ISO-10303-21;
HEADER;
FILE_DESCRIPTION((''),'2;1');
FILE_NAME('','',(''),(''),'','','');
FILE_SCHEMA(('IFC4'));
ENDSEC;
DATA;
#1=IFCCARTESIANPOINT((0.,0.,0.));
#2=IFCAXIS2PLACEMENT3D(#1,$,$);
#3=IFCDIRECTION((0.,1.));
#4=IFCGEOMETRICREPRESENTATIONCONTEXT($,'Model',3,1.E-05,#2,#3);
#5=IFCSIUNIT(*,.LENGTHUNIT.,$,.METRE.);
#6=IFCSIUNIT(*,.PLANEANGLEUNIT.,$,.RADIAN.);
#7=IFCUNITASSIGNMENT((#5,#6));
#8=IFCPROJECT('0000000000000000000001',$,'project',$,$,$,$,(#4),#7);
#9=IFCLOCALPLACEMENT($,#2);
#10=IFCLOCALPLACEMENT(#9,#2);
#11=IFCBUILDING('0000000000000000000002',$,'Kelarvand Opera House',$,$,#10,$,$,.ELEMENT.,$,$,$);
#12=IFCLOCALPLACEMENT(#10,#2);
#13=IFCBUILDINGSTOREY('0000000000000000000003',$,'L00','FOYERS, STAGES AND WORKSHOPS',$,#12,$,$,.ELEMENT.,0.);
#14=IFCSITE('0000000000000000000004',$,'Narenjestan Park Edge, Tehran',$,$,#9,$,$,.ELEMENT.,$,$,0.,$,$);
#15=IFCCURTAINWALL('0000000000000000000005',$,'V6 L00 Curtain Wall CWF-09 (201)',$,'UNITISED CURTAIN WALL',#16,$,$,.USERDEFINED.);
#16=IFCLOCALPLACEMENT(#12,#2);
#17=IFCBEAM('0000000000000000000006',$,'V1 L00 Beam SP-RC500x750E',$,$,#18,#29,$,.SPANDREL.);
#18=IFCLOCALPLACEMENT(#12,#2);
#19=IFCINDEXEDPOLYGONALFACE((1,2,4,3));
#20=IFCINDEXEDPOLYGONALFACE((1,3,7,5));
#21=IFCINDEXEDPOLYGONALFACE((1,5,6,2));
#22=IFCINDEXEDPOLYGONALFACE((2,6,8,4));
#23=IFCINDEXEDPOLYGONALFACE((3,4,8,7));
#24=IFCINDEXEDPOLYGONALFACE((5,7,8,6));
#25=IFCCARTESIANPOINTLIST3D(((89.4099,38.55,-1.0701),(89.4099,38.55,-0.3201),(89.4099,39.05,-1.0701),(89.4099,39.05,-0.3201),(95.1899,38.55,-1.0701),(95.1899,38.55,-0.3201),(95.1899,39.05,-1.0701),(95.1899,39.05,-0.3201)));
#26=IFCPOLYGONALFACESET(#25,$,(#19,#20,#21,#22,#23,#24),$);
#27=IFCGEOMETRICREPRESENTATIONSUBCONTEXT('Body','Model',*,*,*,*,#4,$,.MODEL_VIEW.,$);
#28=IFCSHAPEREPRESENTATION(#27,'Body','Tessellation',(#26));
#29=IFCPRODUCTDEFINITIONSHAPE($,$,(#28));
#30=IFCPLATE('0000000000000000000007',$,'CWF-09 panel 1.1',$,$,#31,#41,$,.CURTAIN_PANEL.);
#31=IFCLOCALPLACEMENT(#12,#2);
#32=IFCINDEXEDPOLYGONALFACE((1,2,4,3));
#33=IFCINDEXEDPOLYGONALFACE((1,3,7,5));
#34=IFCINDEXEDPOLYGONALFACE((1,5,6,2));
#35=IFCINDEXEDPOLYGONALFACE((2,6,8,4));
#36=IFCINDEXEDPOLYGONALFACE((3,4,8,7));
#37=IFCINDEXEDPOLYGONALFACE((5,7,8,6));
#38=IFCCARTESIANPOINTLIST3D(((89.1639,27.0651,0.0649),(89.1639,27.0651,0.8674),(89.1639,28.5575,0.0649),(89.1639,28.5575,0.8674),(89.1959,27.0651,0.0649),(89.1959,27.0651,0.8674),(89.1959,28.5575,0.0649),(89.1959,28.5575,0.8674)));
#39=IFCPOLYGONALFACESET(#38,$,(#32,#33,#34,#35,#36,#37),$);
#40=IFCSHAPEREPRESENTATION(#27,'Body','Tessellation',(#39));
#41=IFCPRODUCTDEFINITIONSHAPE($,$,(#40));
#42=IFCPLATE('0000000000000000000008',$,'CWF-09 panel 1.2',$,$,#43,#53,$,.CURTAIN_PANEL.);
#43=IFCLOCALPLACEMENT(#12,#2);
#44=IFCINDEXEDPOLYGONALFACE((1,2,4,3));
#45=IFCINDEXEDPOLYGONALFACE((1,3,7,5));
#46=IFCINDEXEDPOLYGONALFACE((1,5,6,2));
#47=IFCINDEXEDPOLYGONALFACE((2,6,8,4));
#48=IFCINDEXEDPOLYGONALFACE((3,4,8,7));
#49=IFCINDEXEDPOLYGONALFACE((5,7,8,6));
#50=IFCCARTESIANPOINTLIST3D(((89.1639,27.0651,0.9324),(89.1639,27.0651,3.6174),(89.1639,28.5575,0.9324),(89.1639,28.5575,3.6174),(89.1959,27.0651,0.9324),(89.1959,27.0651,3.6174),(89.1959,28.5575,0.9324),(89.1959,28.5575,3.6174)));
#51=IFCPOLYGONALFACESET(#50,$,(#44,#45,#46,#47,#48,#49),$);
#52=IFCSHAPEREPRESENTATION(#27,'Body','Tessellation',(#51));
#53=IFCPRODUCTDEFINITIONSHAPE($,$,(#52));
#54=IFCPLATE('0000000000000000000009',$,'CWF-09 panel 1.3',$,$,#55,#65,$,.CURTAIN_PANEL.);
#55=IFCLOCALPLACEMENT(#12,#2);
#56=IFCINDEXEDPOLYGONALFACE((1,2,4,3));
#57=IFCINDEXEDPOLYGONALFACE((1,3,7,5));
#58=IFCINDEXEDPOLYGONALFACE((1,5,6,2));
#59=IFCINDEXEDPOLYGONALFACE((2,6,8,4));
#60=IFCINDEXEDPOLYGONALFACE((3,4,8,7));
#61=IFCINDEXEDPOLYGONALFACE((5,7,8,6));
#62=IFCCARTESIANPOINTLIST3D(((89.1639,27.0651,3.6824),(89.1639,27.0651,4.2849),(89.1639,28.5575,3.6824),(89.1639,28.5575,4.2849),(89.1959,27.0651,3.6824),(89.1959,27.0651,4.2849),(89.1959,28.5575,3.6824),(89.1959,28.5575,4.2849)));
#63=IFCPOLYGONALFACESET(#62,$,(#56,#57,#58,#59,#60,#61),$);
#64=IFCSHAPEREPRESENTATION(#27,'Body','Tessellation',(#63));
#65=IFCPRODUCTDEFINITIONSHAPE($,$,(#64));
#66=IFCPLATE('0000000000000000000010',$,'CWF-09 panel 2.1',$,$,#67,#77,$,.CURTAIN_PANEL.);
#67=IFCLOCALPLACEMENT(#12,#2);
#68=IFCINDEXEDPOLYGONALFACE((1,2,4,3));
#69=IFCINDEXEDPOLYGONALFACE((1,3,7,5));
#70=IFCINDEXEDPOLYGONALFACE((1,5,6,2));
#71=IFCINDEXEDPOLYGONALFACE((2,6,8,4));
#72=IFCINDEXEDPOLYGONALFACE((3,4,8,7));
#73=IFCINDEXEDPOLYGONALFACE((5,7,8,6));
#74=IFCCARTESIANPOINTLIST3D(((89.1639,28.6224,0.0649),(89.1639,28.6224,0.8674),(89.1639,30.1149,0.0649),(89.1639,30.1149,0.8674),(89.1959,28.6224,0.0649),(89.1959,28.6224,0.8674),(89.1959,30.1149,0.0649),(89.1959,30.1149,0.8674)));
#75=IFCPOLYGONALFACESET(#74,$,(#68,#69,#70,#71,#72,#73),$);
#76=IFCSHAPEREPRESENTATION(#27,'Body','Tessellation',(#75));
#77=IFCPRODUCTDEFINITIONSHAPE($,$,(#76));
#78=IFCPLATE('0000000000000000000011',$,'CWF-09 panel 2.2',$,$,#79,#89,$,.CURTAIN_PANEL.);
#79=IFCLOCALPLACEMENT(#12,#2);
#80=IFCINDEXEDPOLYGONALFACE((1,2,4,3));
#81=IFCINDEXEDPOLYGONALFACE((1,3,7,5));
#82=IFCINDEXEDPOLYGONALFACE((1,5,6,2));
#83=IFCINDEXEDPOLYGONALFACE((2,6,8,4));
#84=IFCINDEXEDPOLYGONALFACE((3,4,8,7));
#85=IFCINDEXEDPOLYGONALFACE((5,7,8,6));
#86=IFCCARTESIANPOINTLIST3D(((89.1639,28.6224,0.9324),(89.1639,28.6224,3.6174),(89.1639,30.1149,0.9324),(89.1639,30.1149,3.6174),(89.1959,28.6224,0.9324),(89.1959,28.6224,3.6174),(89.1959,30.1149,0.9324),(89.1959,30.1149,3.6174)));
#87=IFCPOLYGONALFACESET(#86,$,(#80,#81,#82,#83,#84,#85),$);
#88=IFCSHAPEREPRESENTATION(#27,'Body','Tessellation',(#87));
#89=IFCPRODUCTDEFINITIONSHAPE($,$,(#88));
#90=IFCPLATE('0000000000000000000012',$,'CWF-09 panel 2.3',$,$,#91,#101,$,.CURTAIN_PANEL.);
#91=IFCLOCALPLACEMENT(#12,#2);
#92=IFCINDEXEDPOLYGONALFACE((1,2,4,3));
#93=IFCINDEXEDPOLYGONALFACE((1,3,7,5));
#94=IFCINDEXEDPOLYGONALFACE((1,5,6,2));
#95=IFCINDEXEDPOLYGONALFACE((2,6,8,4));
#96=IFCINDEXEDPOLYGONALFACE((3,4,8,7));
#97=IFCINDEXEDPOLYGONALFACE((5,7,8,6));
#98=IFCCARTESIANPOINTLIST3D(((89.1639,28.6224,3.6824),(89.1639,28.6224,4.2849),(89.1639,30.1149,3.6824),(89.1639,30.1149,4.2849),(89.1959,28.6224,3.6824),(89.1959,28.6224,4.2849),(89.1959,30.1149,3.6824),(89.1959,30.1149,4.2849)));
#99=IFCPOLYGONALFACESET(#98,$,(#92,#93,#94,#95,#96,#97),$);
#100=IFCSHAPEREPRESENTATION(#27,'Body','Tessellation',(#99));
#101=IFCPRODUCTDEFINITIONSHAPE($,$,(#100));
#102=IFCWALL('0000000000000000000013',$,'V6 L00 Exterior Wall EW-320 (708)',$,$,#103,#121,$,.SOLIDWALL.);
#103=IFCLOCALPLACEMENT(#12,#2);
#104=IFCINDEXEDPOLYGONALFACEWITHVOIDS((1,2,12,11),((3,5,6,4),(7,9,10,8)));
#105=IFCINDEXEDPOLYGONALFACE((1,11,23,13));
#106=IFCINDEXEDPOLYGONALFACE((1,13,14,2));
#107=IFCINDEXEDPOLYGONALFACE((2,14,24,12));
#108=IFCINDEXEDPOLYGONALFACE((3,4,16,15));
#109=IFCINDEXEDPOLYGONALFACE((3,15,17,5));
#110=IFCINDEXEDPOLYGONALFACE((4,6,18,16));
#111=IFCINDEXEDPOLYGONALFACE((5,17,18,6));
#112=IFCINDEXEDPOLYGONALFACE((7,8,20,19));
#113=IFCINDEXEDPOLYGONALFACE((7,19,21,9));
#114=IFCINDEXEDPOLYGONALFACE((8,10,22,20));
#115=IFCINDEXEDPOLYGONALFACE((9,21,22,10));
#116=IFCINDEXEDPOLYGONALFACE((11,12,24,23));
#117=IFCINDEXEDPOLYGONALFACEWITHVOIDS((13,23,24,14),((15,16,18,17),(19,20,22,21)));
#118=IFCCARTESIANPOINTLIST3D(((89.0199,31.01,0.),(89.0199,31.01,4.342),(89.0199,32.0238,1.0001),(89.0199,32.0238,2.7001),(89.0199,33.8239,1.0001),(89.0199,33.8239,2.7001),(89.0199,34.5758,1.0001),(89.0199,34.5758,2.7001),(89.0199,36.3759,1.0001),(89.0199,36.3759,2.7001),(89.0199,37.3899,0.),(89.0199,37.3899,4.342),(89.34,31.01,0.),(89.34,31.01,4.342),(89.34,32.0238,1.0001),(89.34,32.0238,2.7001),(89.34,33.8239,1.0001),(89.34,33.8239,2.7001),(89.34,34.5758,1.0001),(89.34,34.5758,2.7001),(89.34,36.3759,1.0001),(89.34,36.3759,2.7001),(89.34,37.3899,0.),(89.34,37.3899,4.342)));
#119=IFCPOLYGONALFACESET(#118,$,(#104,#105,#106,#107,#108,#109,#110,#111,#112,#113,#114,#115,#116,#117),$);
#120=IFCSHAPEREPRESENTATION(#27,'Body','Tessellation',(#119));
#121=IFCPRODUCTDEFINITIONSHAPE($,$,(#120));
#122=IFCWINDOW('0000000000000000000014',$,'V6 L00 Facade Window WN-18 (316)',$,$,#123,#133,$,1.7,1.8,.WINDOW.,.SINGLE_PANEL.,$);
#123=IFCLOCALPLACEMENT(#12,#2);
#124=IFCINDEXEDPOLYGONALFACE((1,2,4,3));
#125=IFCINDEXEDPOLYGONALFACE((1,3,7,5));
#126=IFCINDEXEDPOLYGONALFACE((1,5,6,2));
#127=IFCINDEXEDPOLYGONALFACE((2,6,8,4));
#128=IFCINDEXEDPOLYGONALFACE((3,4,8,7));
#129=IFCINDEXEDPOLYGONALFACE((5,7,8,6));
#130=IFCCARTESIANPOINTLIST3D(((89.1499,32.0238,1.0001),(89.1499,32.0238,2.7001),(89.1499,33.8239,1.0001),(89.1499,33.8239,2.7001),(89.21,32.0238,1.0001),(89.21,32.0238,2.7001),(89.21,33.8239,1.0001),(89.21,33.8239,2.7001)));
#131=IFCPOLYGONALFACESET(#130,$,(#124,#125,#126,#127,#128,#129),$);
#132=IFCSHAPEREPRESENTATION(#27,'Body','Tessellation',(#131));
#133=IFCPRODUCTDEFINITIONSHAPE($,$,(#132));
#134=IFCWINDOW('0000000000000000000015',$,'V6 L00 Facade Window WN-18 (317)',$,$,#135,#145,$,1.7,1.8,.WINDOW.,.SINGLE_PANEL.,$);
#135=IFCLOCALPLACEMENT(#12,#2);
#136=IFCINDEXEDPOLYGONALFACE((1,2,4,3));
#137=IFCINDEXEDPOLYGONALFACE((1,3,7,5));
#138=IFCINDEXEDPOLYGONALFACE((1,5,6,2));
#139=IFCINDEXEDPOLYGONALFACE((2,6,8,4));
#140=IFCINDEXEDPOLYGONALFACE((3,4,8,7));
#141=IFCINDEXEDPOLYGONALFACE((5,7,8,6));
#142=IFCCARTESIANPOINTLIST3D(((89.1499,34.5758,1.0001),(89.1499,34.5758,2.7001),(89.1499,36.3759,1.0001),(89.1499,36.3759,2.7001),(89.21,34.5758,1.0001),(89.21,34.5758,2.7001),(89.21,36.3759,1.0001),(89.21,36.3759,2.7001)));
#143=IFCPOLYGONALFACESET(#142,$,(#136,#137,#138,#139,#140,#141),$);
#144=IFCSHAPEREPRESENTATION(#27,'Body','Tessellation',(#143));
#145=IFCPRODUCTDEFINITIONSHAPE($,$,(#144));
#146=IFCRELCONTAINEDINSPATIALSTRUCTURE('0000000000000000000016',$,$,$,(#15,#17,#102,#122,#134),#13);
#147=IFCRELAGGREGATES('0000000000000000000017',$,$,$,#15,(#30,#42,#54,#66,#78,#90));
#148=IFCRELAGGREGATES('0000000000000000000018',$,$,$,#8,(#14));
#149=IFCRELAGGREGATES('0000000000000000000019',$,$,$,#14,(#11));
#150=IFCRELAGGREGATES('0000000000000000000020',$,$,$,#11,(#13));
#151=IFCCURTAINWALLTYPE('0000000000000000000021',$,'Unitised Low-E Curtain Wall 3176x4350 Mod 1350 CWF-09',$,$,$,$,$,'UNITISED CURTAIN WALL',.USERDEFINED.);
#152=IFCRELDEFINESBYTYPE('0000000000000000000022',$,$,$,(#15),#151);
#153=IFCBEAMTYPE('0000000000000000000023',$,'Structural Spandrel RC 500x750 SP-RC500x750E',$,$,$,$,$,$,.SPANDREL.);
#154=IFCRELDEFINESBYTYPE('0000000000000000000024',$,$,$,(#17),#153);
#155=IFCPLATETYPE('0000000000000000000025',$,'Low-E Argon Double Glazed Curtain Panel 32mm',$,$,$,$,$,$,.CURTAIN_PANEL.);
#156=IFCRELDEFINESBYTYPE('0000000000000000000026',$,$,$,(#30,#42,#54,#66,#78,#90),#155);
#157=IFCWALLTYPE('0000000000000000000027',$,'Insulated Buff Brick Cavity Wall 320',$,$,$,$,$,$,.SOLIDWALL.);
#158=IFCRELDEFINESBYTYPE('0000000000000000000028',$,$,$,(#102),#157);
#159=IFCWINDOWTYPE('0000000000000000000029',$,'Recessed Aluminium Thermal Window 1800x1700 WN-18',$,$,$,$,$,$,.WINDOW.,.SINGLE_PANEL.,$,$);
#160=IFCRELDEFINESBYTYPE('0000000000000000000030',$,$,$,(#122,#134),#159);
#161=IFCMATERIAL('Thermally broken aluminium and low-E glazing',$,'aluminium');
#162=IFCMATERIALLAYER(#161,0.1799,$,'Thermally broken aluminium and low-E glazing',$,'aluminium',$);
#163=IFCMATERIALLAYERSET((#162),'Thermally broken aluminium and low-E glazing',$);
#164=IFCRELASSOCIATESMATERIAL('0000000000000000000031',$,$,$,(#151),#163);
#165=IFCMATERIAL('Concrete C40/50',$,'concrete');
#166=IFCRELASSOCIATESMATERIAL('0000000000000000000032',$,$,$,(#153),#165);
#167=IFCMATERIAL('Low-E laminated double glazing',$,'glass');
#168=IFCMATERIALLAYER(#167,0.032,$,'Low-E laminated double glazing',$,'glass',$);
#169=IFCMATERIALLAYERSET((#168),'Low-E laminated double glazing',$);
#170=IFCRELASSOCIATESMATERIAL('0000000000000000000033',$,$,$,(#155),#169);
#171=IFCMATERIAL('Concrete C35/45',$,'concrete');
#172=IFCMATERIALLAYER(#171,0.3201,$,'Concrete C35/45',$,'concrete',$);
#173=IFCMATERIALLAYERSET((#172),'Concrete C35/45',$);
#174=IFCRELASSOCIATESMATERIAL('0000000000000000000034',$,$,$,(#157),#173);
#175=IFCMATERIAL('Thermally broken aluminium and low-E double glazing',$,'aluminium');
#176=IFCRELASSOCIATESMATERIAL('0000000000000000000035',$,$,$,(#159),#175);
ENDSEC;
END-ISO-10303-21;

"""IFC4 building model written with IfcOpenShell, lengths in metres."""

from ifc_helpers import new_model, si_unit, direction, frame, frame_2d, origin, origin_2d, place, context, subcontext, project, spatial, rectangle, extrude, material, layer, layer_set, material_profile, profile_set, type_object, element, fill, aggregate, save


model = new_model("IFC4")

# Units and contexts
model_context = context("Model", 3, precision=1e-05, world=origin(), true_north=direction((0.0, 1.0)))
body_context = subcontext(model_context, "Body", "Model", "MODEL_VIEW")
ifc_project = project(units=[si_unit("LENGTHUNIT", "METRE"), si_unit("PLANEANGLEUNIT", "RADIAN")], contexts=[model_context])

# Site, building, storey
site_placement = place(None, origin())
site = spatial("IfcSite", under=ifc_project, at=site_placement, Name="Narenjestan Park Edge, Tehran", CompositionType="ELEMENT", RefElevation=0.0)
building_placement = place(site_placement, origin())
building = spatial("IfcBuilding", under=site, at=building_placement, Name="Kelarvand Opera House", CompositionType="ELEMENT")
storey_placement = place(building_placement, origin())
storey = spatial("IfcBuildingStorey", under=building, at=storey_placement, Name="L00", Description="FOYERS, STAGES AND WORKSHOPS", CompositionType="ELEMENT", Elevation=0.0)

# Curtain wall
ifc_material_1 = material(Name="Thermally broken aluminium and low-E glazing", Category="aluminium")
ifc_layer_1 = layer(ifc_material_1, 0.1799, Name="Thermally broken aluminium and low-E glazing", Category="aluminium")
ifc_layer_set_1 = layer_set([ifc_layer_1], Name="Thermally broken aluminium and low-E glazing")
curtain_wall_type = type_object("IfcCurtainWallType", Name="Unitised Low-E Curtain Wall 3176x4350 Mod 1350 CWF-09", ElementType="UNITISED CURTAIN WALL", PredefinedType="USERDEFINED", material=ifc_layer_set_1)
curtain_wall_placement = place(storey_placement, origin())
curtain_wall = element("IfcCurtainWall", 1, at=curtain_wall_placement, inside=storey, type_object=curtain_wall_type, Name="V6 L00 Curtain Wall CWF-09 (201)", ObjectType="UNITISED CURTAIN WALL", PredefinedType="USERDEFINED")

# Beam
ifc_material_2 = material(Name="Concrete C40/50", Category="concrete")
ifc_material_profile_1 = material_profile(ifc_material_2, rectangle(XDim=0.5, YDim=0.75, at=origin_2d()), Name="RC 500x750", Category="concrete")
ifc_profile_set_1 = profile_set([ifc_material_profile_1], Name="Concrete C40/50")
beam_type_1 = type_object("IfcBeamType", Name="Structural Spandrel RC 500x750 SP-RC500x750E", PredefinedType="SPANDREL", material=ifc_profile_set_1)
beam_1_placement = place(storey_placement, frame((89.4099, 38.8, -0.6951), z_axis=(1.0, 0.0, 0.0), x_axis=(0.0, 1.0, 0.0)))
element("IfcBeam", 2, at=beam_1_placement, inside=storey, type_object=beam_type_1, Name="V1 L00 Beam SP-RC500x750E", PredefinedType="SPANDREL", context=body_context, shape_type="SweptSolid", body=[
    extrude(rectangle(XDim=0.5, YDim=0.75, at=origin_2d()), origin(), (0.0, 0.0, 1.0), 5.78),
])

# Plates
ifc_material_3 = material(Name="Low-E laminated double glazing", Category="glass")
ifc_layer_2 = layer(ifc_material_3, 0.032, Name="Low-E laminated double glazing", Category="glass")
ifc_layer_set_2 = layer_set([ifc_layer_2], Name="Low-E laminated double glazing")
plate_type = type_object("IfcPlateType", Name="Low-E Argon Double Glazed Curtain Panel 32mm", PredefinedType="CURTAIN_PANEL", material=ifc_layer_set_2)
plate_1_placement = place(storey_placement, frame((89.1799, 27.8113, 0.0649), z_axis=(0.0, 0.0, 1.0), x_axis=(0.0, 1.0, 0.0)))
plate_1 = element("IfcPlate", 3, at=plate_1_placement, type_object=plate_type, Name="CWF-09 panel 1.1", PredefinedType="CURTAIN_PANEL", context=body_context, shape_type="SweptSolid", body=[
    extrude(rectangle(XDim=1.4924, YDim=0.032, at=origin_2d()), origin(), (0.0, 0.0, 1.0), 0.8025),
])
plate_2_placement = place(storey_placement, frame((89.1799, 27.8113, 0.9324), z_axis=(0.0, 0.0, 1.0), x_axis=(0.0, 1.0, 0.0)))
plate_2 = element("IfcPlate", 4, at=plate_2_placement, type_object=plate_type, Name="CWF-09 panel 1.2", PredefinedType="CURTAIN_PANEL", context=body_context, shape_type="SweptSolid", body=[
    extrude(rectangle(XDim=1.4924, YDim=0.032, at=origin_2d()), origin(), (0.0, 0.0, 1.0), 2.6851),
])
plate_3_placement = place(storey_placement, frame((89.1799, 27.8113, 3.6824), z_axis=(0.0, 0.0, 1.0), x_axis=(0.0, 1.0, 0.0)))
plate_3 = element("IfcPlate", 5, at=plate_3_placement, type_object=plate_type, Name="CWF-09 panel 1.3", PredefinedType="CURTAIN_PANEL", context=body_context, shape_type="SweptSolid", body=[
    extrude(rectangle(XDim=1.4924, YDim=0.032, at=origin_2d()), origin(), (0.0, 0.0, 1.0), 0.6025),
])
plate_4_placement = place(storey_placement, frame((89.1799, 29.3687, 0.0649), z_axis=(0.0, 0.0, 1.0), x_axis=(0.0, 1.0, 0.0)))
plate_4 = element("IfcPlate", 6, at=plate_4_placement, type_object=plate_type, Name="CWF-09 panel 2.1", PredefinedType="CURTAIN_PANEL", context=body_context, shape_type="SweptSolid", body=[
    extrude(rectangle(XDim=1.4924, YDim=0.032, at=origin_2d()), origin(), (0.0, 0.0, 1.0), 0.8025),
])
plate_5_placement = place(storey_placement, frame((89.1799, 29.3687, 0.9324), z_axis=(0.0, 0.0, 1.0), x_axis=(0.0, 1.0, 0.0)))
plate_5 = element("IfcPlate", 7, at=plate_5_placement, type_object=plate_type, Name="CWF-09 panel 2.2", PredefinedType="CURTAIN_PANEL", context=body_context, shape_type="SweptSolid", body=[
    extrude(rectangle(XDim=1.4924, YDim=0.032, at=origin_2d()), origin(), (0.0, 0.0, 1.0), 2.6851),
])
plate_6_placement = place(storey_placement, frame((89.1799, 29.3687, 3.6824), z_axis=(0.0, 0.0, 1.0), x_axis=(0.0, 1.0, 0.0)))
plate_6 = element("IfcPlate", 8, at=plate_6_placement, type_object=plate_type, Name="CWF-09 panel 2.3", PredefinedType="CURTAIN_PANEL", context=body_context, shape_type="SweptSolid", body=[
    extrude(rectangle(XDim=1.4924, YDim=0.032, at=origin_2d()), origin(), (0.0, 0.0, 1.0), 0.6025),
])
aggregate(curtain_wall, [plate_1, plate_2, plate_3, plate_4, plate_5, plate_6])

# Wall, openings, windows
ifc_material_4 = material(Name="Concrete C35/45", Category="concrete")
ifc_layer_3 = layer(ifc_material_4, 0.3201, Name="Concrete C35/45", Category="concrete")
ifc_layer_set_3 = layer_set([ifc_layer_3], Name="Concrete C35/45")
wall_type = type_object("IfcWallType", Name="Insulated Buff Brick Cavity Wall 320", PredefinedType="SOLIDWALL", material=ifc_layer_set_3)
wall_placement = place(storey_placement, frame((89.1799, 31.01, 0.0), z_axis=(0.0, 0.0, 1.0), x_axis=(0.0, 1.0, 0.0)))
wall = element("IfcWall", 9, at=wall_placement, inside=storey, type_object=wall_type, Name="V6 L00 Exterior Wall EW-320 (708)", PredefinedType="SOLIDWALL", context=body_context, shape_type="SweptSolid", body=[
    extrude(rectangle(XDim=6.3799, YDim=0.3201, at=frame_2d((3.1899, 0.0))), origin(), (0.0, 0.0, 1.0), 4.342),
])
opening_1_placement = place(wall_placement, frame((1.0139, 0.0, 1.0)))
opening_1 = element("IfcOpeningElement", 10, at=opening_1_placement, cuts=wall, PredefinedType="OPENING", context=body_context, shape_type="SweptSolid", body=[
    extrude(rectangle(XDim=1.8, YDim=1.7, at=frame_2d((0.8999, 0.8501))), frame((0.0, 0.1699, 0.0), z_axis=(0.0, -1.0, 0.0), x_axis=(1.0, 0.0, 0.0)), (0.0, 0.0, 1.0), 0.3401),
])
opening_2_placement = place(wall_placement, frame((3.5659, 0.0, 1.0)))
opening_2 = element("IfcOpeningElement", 11, at=opening_2_placement, cuts=wall, PredefinedType="OPENING", context=body_context, shape_type="SweptSolid", body=[
    extrude(rectangle(XDim=1.8, YDim=1.7, at=frame_2d((0.8999, 0.8501))), frame((0.0, 0.1699, 0.0), z_axis=(0.0, -1.0, 0.0), x_axis=(1.0, 0.0, 0.0)), (0.0, 0.0, 1.0), 0.3401),
])
ifc_material_5 = material(Name="Thermally broken aluminium and low-E double glazing", Category="aluminium")
window_type = type_object("IfcWindowType", Name="Recessed Aluminium Thermal Window 1800x1700 WN-18", PartitioningType="SINGLE_PANEL", PredefinedType="WINDOW", material=ifc_material_5)
window_1_placement = place(opening_1_placement, origin())
window_1 = element("IfcWindow", 12, at=window_1_placement, inside=storey, type_object=window_type, Name="V6 L00 Facade Window WN-18 (316)", OverallHeight=1.7, OverallWidth=1.8, PartitioningType="SINGLE_PANEL", PredefinedType="WINDOW", context=body_context, shape_type="SweptSolid", body=[
    extrude(rectangle(XDim=1.8, YDim=1.7, at=frame_2d((0.8999, 0.8501))), frame((0.0, 0.03, 0.0), z_axis=(0.0, -1.0, 0.0), x_axis=(1.0, 0.0, 0.0)), (0.0, 0.0, 1.0), 0.0601),
])
fill(opening_1, window_1)
window_2_placement = place(opening_2_placement, origin())
window_2 = element("IfcWindow", 13, at=window_2_placement, inside=storey, type_object=window_type, Name="V6 L00 Facade Window WN-18 (317)", OverallHeight=1.7, OverallWidth=1.8, PartitioningType="SINGLE_PANEL", PredefinedType="WINDOW", context=body_context, shape_type="SweptSolid", body=[
    extrude(rectangle(XDim=1.8, YDim=1.7, at=frame_2d((0.8999, 0.8501))), frame((0.0, 0.03, 0.0), z_axis=(0.0, -1.0, 0.0), x_axis=(1.0, 0.0, 0.0)), (0.0, 0.0, 1.0), 0.0601),
])
fill(opening_2, window_2)

save(model, "model.ifc")
